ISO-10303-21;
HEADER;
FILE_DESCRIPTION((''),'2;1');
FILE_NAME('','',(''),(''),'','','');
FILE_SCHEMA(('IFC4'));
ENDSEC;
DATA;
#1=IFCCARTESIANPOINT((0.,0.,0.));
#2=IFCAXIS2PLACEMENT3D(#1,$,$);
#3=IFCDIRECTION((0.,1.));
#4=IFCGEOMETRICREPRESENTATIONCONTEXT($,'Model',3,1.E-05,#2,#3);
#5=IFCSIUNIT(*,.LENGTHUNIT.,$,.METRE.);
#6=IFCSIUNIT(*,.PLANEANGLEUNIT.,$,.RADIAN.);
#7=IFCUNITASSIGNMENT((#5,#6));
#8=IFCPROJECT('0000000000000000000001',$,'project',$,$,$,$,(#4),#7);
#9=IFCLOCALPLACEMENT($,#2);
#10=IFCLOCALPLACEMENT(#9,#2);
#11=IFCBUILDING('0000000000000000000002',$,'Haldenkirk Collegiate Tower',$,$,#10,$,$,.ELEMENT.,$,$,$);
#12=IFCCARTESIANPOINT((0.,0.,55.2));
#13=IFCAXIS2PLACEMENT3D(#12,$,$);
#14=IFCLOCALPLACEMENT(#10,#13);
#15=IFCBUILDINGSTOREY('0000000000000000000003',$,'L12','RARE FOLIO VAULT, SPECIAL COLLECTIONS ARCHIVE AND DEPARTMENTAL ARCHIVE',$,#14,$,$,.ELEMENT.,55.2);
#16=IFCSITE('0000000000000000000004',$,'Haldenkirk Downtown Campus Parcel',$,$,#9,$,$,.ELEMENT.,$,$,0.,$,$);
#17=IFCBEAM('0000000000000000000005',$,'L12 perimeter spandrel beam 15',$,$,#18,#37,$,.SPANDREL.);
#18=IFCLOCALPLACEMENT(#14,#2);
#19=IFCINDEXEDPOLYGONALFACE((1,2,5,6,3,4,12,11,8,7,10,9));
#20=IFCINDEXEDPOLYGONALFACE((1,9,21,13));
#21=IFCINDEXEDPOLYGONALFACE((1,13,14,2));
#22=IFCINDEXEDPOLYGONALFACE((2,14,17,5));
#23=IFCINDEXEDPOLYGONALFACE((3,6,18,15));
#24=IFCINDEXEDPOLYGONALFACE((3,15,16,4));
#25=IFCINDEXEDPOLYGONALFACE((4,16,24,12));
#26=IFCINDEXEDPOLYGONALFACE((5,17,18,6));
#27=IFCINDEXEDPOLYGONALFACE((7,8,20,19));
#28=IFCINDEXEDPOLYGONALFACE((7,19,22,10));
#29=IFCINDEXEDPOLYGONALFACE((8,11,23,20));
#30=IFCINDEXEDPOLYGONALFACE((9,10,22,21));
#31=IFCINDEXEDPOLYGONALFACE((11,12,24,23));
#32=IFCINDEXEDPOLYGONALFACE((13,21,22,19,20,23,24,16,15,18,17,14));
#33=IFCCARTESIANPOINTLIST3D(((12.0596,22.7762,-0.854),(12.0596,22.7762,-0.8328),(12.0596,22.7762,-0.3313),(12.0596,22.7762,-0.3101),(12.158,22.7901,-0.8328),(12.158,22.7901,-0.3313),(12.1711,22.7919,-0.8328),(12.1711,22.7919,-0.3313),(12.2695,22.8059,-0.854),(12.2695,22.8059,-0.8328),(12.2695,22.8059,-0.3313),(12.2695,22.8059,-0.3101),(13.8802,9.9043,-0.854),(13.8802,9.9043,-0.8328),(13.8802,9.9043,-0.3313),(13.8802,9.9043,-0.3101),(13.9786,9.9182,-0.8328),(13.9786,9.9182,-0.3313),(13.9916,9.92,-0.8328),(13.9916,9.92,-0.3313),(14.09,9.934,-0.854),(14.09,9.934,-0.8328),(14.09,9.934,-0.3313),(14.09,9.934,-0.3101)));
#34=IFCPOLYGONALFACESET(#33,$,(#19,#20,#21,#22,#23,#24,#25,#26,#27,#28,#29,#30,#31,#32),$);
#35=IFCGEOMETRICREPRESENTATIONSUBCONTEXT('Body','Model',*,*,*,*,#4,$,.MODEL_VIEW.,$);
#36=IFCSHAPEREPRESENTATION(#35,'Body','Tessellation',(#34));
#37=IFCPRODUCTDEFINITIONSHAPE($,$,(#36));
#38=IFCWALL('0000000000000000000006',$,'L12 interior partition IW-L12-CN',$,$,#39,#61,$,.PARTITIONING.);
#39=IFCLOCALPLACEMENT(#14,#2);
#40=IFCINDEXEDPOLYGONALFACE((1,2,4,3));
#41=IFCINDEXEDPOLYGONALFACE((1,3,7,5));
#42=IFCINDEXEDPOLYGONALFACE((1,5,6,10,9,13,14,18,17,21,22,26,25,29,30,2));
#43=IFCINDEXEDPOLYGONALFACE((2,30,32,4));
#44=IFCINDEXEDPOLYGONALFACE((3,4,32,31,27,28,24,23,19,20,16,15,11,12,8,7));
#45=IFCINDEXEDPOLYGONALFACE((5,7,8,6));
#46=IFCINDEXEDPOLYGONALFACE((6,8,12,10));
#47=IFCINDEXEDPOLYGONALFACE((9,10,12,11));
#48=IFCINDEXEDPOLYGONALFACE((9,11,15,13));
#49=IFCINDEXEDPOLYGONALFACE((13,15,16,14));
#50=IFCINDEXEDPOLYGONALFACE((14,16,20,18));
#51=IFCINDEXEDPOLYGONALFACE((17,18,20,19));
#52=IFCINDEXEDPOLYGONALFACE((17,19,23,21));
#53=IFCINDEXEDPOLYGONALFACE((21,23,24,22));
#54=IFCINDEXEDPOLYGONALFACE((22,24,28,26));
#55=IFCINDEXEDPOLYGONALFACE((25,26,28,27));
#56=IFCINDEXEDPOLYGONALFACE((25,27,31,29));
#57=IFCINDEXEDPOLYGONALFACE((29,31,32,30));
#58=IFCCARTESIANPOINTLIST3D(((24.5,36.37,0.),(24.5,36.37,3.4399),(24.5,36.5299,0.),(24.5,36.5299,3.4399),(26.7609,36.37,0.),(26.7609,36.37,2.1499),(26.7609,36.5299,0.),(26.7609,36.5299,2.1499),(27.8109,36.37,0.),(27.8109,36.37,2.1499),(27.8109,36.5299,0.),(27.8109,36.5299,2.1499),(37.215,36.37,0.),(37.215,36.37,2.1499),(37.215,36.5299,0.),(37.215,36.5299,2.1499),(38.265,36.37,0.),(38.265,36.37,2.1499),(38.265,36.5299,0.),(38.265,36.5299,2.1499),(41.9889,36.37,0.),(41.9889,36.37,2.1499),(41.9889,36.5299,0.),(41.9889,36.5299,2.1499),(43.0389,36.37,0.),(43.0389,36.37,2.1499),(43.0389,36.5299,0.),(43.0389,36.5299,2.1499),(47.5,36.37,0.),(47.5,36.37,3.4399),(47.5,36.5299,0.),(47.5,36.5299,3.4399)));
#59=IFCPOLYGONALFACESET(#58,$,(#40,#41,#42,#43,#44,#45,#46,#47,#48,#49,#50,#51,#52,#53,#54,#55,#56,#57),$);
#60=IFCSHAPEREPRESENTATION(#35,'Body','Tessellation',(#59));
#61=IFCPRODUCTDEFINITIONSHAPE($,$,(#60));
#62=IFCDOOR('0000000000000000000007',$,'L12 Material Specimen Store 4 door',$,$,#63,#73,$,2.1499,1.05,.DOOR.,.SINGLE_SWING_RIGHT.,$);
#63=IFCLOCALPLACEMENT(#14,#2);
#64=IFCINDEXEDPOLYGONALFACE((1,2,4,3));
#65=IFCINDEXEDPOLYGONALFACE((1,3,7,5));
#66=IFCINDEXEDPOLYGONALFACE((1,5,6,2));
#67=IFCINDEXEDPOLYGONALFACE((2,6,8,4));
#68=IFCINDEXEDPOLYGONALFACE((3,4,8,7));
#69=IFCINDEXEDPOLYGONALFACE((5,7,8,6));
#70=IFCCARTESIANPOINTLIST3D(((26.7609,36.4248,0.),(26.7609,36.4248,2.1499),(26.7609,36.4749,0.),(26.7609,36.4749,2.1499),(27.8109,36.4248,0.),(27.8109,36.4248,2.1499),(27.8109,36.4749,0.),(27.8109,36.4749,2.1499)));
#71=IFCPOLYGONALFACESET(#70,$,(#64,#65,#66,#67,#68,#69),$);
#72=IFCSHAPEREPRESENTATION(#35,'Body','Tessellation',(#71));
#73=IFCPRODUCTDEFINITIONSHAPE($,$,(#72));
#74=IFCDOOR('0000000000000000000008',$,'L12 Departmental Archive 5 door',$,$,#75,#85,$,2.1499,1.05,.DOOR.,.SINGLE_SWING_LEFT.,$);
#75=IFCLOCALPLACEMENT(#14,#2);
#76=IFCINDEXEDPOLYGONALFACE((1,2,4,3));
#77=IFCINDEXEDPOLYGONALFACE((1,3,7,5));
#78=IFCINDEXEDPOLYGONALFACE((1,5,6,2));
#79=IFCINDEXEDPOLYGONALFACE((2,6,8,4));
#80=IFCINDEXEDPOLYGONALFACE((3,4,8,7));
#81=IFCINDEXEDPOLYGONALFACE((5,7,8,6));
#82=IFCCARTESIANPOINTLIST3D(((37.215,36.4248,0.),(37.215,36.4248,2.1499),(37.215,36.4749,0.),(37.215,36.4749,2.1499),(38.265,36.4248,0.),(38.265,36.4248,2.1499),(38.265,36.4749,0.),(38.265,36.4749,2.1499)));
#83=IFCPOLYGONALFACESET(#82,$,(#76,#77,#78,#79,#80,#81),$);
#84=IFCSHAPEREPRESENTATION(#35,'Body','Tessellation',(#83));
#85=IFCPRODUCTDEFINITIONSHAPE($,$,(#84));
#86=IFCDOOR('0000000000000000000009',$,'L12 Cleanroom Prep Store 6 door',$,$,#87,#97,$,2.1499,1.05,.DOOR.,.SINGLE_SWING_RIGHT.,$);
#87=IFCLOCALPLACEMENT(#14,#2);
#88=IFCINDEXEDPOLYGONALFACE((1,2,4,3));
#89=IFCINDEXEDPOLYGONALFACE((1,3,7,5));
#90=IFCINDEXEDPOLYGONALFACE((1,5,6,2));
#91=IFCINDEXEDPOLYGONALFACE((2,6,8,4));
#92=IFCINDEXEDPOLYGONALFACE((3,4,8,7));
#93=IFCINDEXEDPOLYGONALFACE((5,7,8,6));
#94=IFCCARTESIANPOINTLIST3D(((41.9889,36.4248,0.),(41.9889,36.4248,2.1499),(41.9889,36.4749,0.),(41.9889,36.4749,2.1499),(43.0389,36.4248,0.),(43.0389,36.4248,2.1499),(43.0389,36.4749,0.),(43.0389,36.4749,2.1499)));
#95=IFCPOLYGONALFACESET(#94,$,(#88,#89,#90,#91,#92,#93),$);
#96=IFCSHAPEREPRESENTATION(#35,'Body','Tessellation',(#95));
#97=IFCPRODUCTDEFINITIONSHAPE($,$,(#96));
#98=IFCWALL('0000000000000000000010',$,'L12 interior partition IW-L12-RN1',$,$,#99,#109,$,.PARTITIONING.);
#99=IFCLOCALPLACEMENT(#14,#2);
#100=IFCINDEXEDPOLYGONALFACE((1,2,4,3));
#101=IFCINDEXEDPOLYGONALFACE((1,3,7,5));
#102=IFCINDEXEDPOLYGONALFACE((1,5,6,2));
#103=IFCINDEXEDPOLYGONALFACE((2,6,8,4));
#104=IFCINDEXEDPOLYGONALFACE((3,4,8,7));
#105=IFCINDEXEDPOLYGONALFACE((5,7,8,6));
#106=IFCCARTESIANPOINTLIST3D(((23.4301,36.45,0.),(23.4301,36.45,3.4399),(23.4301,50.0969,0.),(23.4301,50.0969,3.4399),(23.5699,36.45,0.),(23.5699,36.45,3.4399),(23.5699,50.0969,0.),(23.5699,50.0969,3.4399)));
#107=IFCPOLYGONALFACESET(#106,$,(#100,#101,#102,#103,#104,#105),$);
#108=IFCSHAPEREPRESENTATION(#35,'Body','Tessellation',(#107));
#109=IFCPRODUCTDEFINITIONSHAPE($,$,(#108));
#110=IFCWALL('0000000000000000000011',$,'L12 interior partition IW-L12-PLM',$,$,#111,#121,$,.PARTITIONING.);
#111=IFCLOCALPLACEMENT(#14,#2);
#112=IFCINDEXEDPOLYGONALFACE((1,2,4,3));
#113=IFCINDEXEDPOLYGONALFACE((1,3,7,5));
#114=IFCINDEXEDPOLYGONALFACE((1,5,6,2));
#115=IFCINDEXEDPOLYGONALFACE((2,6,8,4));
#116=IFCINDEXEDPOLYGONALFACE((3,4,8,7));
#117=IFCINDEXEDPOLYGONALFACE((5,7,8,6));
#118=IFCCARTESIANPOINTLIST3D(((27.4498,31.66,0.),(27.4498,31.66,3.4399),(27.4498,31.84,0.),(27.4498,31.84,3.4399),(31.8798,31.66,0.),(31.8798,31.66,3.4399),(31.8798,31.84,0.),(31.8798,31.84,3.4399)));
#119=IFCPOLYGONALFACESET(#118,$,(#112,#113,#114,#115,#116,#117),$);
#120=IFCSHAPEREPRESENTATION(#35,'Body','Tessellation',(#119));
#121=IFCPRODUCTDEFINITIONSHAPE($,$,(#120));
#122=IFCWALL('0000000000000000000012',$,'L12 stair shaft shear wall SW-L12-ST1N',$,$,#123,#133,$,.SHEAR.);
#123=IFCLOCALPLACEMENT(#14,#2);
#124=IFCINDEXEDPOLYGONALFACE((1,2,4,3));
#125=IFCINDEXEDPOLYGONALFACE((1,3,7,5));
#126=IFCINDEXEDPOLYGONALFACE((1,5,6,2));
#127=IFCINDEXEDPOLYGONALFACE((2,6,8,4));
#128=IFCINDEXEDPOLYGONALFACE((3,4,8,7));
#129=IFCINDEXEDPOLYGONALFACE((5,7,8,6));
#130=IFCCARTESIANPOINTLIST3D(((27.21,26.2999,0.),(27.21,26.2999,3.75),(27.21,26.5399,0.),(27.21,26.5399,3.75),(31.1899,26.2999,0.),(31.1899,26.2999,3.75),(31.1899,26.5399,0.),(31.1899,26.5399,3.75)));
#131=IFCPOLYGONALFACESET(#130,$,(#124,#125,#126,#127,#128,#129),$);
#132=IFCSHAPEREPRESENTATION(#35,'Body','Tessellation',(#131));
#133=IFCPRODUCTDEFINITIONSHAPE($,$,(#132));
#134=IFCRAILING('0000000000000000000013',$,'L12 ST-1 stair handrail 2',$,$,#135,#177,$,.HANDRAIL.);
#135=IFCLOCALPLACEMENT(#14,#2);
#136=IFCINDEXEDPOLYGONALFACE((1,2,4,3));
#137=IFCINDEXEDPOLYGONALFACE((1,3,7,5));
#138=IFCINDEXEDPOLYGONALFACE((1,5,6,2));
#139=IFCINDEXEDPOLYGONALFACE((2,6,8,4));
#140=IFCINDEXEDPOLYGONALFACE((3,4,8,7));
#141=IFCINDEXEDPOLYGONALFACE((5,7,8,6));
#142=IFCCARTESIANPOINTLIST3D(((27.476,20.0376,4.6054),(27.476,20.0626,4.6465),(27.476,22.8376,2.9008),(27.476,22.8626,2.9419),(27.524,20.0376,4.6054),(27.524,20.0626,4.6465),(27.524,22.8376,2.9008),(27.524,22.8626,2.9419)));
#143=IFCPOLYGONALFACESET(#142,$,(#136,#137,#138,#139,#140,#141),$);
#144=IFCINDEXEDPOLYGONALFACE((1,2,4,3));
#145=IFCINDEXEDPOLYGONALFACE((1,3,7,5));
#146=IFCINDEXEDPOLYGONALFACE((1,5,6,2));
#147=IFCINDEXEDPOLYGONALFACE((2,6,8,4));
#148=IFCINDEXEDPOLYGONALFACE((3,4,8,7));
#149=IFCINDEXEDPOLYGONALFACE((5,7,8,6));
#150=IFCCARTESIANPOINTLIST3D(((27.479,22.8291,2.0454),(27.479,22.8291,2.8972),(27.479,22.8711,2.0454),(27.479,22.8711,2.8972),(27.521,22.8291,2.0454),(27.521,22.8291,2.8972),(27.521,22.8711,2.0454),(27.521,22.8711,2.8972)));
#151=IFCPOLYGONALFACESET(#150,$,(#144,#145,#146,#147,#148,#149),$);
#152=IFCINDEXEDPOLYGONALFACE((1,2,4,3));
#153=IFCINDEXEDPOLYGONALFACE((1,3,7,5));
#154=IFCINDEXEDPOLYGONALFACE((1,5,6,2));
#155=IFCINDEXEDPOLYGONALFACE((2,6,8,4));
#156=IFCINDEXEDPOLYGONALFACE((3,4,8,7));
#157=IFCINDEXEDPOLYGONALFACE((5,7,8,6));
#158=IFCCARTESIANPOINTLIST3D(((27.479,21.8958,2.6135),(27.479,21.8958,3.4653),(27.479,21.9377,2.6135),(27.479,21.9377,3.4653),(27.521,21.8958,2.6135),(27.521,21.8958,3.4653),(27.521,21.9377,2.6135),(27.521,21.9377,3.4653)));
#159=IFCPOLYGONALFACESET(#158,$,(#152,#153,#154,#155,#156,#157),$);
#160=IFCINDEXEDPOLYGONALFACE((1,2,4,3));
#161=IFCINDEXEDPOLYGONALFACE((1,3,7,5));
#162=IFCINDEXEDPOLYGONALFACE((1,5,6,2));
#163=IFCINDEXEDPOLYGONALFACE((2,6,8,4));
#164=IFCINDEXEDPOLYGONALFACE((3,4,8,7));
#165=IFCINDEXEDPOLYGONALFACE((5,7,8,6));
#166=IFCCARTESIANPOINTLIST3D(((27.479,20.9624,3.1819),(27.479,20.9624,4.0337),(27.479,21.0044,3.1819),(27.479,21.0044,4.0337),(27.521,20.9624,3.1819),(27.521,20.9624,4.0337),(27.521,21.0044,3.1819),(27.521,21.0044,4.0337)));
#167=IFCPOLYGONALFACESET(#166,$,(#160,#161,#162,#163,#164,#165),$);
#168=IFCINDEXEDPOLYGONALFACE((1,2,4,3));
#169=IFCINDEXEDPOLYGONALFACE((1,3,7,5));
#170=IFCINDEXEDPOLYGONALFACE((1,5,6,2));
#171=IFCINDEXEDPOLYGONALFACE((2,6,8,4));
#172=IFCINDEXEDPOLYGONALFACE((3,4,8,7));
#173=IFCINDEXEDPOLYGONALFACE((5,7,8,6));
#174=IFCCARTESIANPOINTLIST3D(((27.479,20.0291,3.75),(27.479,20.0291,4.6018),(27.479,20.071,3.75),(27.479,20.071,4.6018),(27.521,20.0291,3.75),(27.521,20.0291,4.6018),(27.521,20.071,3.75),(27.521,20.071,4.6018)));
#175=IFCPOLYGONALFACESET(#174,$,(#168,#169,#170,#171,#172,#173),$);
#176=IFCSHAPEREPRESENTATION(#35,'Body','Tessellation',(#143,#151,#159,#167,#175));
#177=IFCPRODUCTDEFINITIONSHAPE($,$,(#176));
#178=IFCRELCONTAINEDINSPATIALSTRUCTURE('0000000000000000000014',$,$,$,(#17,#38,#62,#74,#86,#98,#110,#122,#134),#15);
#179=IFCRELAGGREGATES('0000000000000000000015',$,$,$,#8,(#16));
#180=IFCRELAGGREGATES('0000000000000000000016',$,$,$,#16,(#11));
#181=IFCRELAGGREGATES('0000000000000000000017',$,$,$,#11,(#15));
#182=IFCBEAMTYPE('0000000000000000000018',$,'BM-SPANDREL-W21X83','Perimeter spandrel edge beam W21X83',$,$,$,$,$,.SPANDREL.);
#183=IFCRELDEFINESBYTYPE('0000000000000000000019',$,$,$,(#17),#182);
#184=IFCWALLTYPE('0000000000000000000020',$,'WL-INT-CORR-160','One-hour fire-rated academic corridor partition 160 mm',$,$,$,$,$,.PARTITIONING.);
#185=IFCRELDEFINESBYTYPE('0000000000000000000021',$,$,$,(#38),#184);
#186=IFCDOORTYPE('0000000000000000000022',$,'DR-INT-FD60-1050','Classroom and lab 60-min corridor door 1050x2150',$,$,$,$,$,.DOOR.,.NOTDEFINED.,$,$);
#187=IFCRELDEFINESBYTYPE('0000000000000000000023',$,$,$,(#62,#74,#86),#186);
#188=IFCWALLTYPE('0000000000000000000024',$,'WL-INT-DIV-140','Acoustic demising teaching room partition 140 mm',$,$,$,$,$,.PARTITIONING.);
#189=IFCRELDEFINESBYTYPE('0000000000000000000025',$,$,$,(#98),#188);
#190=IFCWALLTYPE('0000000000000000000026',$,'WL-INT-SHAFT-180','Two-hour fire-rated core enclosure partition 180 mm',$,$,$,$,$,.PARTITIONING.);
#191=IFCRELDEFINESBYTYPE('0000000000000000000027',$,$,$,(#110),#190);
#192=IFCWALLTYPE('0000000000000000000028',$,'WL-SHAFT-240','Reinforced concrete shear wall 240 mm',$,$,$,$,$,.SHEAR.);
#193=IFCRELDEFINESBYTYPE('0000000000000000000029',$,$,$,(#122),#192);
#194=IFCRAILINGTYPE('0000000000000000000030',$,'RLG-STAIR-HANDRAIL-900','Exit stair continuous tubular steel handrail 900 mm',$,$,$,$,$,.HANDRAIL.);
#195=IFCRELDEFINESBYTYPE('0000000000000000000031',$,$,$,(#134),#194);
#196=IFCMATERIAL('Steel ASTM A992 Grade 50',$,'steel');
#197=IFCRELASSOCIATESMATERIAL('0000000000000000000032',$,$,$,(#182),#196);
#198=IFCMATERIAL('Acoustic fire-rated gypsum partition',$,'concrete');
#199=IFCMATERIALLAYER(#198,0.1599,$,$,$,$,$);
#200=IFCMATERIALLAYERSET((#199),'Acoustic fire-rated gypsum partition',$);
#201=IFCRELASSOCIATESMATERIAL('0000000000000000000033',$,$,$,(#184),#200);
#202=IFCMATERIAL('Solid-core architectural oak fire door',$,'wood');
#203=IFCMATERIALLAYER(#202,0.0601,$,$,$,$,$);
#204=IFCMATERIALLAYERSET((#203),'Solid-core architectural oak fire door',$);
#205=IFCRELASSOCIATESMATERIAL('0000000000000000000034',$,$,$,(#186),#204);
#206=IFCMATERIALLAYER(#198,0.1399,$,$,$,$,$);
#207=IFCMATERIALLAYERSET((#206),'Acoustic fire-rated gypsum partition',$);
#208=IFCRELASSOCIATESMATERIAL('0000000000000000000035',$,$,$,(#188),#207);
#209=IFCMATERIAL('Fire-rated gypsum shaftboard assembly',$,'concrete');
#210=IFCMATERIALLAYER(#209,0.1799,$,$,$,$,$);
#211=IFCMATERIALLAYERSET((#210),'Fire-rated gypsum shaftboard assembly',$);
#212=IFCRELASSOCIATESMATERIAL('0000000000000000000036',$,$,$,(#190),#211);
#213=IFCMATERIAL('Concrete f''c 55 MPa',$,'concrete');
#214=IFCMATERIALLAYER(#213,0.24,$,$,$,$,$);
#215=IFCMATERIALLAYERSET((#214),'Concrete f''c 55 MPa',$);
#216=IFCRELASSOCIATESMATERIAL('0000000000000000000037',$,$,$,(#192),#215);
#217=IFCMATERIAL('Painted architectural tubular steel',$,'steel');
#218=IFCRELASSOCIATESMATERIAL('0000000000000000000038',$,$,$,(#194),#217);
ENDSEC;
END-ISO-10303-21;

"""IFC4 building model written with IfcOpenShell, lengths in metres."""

from ifc_helpers import new_model, si_unit, direction, frame, frame_2d, origin, origin_2d, place, context, subcontext, project, spatial, rectangle, i_section, extrude, material, layer, layer_set, material_profile, profile_set, type_object, element, fill, save


model = new_model("IFC4")

# Units and contexts
model_context = context("Model", 3, precision=1e-05, world=origin(), true_north=direction((0.0, 1.0)))
body_context = subcontext(model_context, "Body", "Model", "MODEL_VIEW")
ifc_project = project(units=[si_unit("LENGTHUNIT", "METRE"), si_unit("PLANEANGLEUNIT", "RADIAN")], contexts=[model_context])

# Site, building, storey
site_placement = place(None, origin())
site = spatial("IfcSite", under=ifc_project, at=site_placement, Name="Haldenkirk Downtown Campus Parcel", CompositionType="ELEMENT", RefElevation=0.0)
building_placement = place(site_placement, origin())
building = spatial("IfcBuilding", under=site, at=building_placement, Name="Haldenkirk Collegiate Tower", CompositionType="ELEMENT")
storey_placement = place(building_placement, frame((0.0, 0.0, 55.2)))
storey = spatial("IfcBuildingStorey", under=building, at=storey_placement, Name="L12", Description="RARE FOLIO VAULT, SPECIAL COLLECTIONS ARCHIVE AND DEPARTMENTAL ARCHIVE", CompositionType="ELEMENT", Elevation=55.2)

# Beam
ifc_material_1 = material(Name="Steel ASTM A992 Grade 50", Category="steel")
ifc_material_profile = material_profile(ifc_material_1, i_section(OverallWidth=0.2119, OverallDepth=0.5439, WebThickness=0.0132, FlangeThickness=0.0212, at=origin_2d()), Name="W21X83")
ifc_profile_set = profile_set([ifc_material_profile], Name="Steel ASTM A992 Grade 50")
beam_type = type_object("IfcBeamType", Name="BM-SPANDREL-W21X83", Description="Perimeter spandrel edge beam W21X83", PredefinedType="SPANDREL", material=ifc_profile_set)
beam_placement = place(storey_placement, frame((12.1646, 22.791, -0.582), z_axis=(0.140044, -0.990145, 0.0), x_axis=(0.990145, 0.140044, 0.0)))
element("IfcBeam", 1, at=beam_placement, inside=storey, type_object=beam_type, Name="L12 perimeter spandrel beam 15", PredefinedType="SPANDREL", context=body_context, shape_type="SweptSolid", body=[
    extrude(i_section(OverallWidth=0.2119, OverallDepth=0.5439, WebThickness=0.0132, FlangeThickness=0.0212, at=origin_2d()), origin(), (0.0, 0.0, 1.0), 13.0),
])

# Shared definitions
ifc_material_2 = material(Name="Acoustic fire-rated gypsum partition", Category="concrete")
ifc_layer_1 = layer(ifc_material_2, 0.1599)
ifc_layer_set_1 = layer_set([ifc_layer_1], Name="Acoustic fire-rated gypsum partition")
wall_type_1 = type_object("IfcWallType", Name="WL-INT-CORR-160", Description="One-hour fire-rated academic corridor partition 160 mm", PredefinedType="PARTITIONING", material=ifc_layer_set_1)
ifc_material_3 = material(Name="Solid-core architectural oak fire door", Category="wood")

# Wall, openings, doors
wall_1_placement = place(storey_placement, frame((24.5, 36.45, 0.0), z_axis=(0.0, 0.0, 1.0), x_axis=(1.0, 0.0, 0.0)))
wall_1 = element("IfcWall", 2, at=wall_1_placement, inside=storey, type_object=wall_type_1, Name="L12 interior partition IW-L12-CN", PredefinedType="PARTITIONING", context=body_context, shape_type="SweptSolid", body=[
    extrude(rectangle(XDim=23.0, YDim=0.1599, at=frame_2d((11.5, 0.0))), origin(), (0.0, 0.0, 1.0), 3.4399),
])
opening_1_placement = place(wall_1_placement, frame((2.261, 0.0, 0.0)))
opening_1 = element("IfcOpeningElement", 3, at=opening_1_placement, cuts=wall_1, PredefinedType="OPENING", context=body_context, shape_type="SweptSolid", body=[
    extrude(rectangle(XDim=1.05, YDim=2.1499, at=frame_2d((0.5249, 1.075))), frame((0.0, 0.0898, 0.0), z_axis=(0.0, -1.0, 0.0), x_axis=(1.0, 0.0, 0.0)), (0.0, 0.0, 1.0), 0.1799),
])
opening_2_placement = place(wall_1_placement, frame((12.7151, 0.0, 0.0)))
opening_2 = element("IfcOpeningElement", 4, at=opening_2_placement, cuts=wall_1, PredefinedType="OPENING", context=body_context, shape_type="SweptSolid", body=[
    extrude(rectangle(XDim=1.05, YDim=2.1499, at=frame_2d((0.5249, 1.075))), frame((0.0, 0.0898, 0.0), z_axis=(0.0, -1.0, 0.0), x_axis=(1.0, 0.0, 0.0)), (0.0, 0.0, 1.0), 0.1799),
])
opening_3_placement = place(wall_1_placement, frame((17.489, 0.0, 0.0)))
opening_3 = element("IfcOpeningElement", 5, at=opening_3_placement, cuts=wall_1, PredefinedType="OPENING", context=body_context, shape_type="SweptSolid", body=[
    extrude(rectangle(XDim=1.05, YDim=2.1499, at=frame_2d((0.5249, 1.075))), frame((0.0, 0.0898, 0.0), z_axis=(0.0, -1.0, 0.0), x_axis=(1.0, 0.0, 0.0)), (0.0, 0.0, 1.0), 0.1799),
])
ifc_layer_2 = layer(ifc_material_3, 0.0601)
ifc_layer_set_2 = layer_set([ifc_layer_2], Name="Solid-core architectural oak fire door")
door_type_1 = type_object("IfcDoorType", Name="DR-INT-FD60-1050", Description="Classroom and lab 60-min corridor door 1050x2150", OperationType="NOTDEFINED", PredefinedType="DOOR", material=ifc_layer_set_2)
door_1_placement = place(opening_1_placement, origin())
door_1 = element("IfcDoor", 6, at=door_1_placement, inside=storey, type_object=door_type_1, Name="L12 Material Specimen Store 4 door", OperationType="SINGLE_SWING_RIGHT", OverallHeight=2.1499, OverallWidth=1.05, PredefinedType="DOOR", context=body_context, shape_type="SweptSolid", body=[
    extrude(rectangle(XDim=1.05, YDim=2.1499, at=frame_2d((0.5249, 1.075))), frame((0.0, 0.0249, 0.0), z_axis=(0.0, -1.0, 0.0), x_axis=(1.0, 0.0, 0.0)), (0.0, 0.0, 1.0), 0.05),
])
fill(opening_1, door_1)
door_2_placement = place(opening_2_placement, origin())
door_2 = element("IfcDoor", 7, at=door_2_placement, inside=storey, type_object=door_type_1, Name="L12 Departmental Archive 5 door", OperationType="SINGLE_SWING_LEFT", OverallHeight=2.1499, OverallWidth=1.05, PredefinedType="DOOR", context=body_context, shape_type="SweptSolid", body=[
    extrude(rectangle(XDim=1.05, YDim=2.1499, at=frame_2d((0.5249, 1.075))), frame((0.0, 0.0249, 0.0), z_axis=(0.0, -1.0, 0.0), x_axis=(1.0, 0.0, 0.0)), (0.0, 0.0, 1.0), 0.05),
])
fill(opening_2, door_2)
door_3_placement = place(opening_3_placement, origin())
door_3 = element("IfcDoor", 8, at=door_3_placement, inside=storey, type_object=door_type_1, Name="L12 Cleanroom Prep Store 6 door", OperationType="SINGLE_SWING_RIGHT", OverallHeight=2.1499, OverallWidth=1.05, PredefinedType="DOOR", context=body_context, shape_type="SweptSolid", body=[
    extrude(rectangle(XDim=1.05, YDim=2.1499, at=frame_2d((0.5249, 1.075))), frame((0.0, 0.0249, 0.0), z_axis=(0.0, -1.0, 0.0), x_axis=(1.0, 0.0, 0.0)), (0.0, 0.0, 1.0), 0.05),
])
fill(opening_3, door_3)

# Wall
ifc_layer_3 = layer(ifc_material_2, 0.1399)
ifc_layer_set_3 = layer_set([ifc_layer_3], Name="Acoustic fire-rated gypsum partition")
wall_type_2 = type_object("IfcWallType", Name="WL-INT-DIV-140", Description="Acoustic demising teaching room partition 140 mm", PredefinedType="PARTITIONING", material=ifc_layer_set_3)
wall_2_placement = place(storey_placement, frame((23.5, 36.45, 0.0), z_axis=(0.0, 0.0, 1.0), x_axis=(0.0, 1.0, 0.0)))
element("IfcWall", 9, at=wall_2_placement, inside=storey, type_object=wall_type_2, Name="L12 interior partition IW-L12-RN1", PredefinedType="PARTITIONING", context=body_context, shape_type="SweptSolid", body=[
    extrude(rectangle(XDim=13.647, YDim=0.1399, at=frame_2d((6.8235, 0.0))), origin(), (0.0, 0.0, 1.0), 3.4399),
])

# Shared definitions
ifc_material_4 = material(Name="Fire-rated gypsum shaftboard assembly", Category="concrete")
ifc_layer_4 = layer(ifc_material_4, 0.1799)
ifc_layer_set_4 = layer_set([ifc_layer_4], Name="Fire-rated gypsum shaftboard assembly")
wall_type_3 = type_object("IfcWallType", Name="WL-INT-SHAFT-180", Description="Two-hour fire-rated core enclosure partition 180 mm", PredefinedType="PARTITIONING", material=ifc_layer_set_4)

# Walls
wall_3_placement = place(storey_placement, frame((27.45, 31.75, 0.0), z_axis=(0.0, 0.0, 1.0), x_axis=(1.0, 0.0, 0.0)))
element("IfcWall", 10, at=wall_3_placement, inside=storey, type_object=wall_type_3, Name="L12 interior partition IW-L12-PLM", PredefinedType="PARTITIONING", context=body_context, shape_type="SweptSolid", body=[
    extrude(rectangle(XDim=4.4299, YDim=0.1799, at=frame_2d((2.2148, 0.0))), origin(), (0.0, 0.0, 1.0), 3.4399),
])
ifc_material_5 = material(Name="Concrete f'c 55 MPa", Category="concrete")
ifc_layer_5 = layer(ifc_material_5, 0.24)
ifc_layer_set_5 = layer_set([ifc_layer_5], Name="Concrete f'c 55 MPa")
wall_type_4 = type_object("IfcWallType", Name="WL-SHAFT-240", Description="Reinforced concrete shear wall 240 mm", PredefinedType="SHEAR", material=ifc_layer_set_5)
wall_4_placement = place(storey_placement, frame((27.21, 26.4199, 0.0), z_axis=(0.0, 0.0, 1.0), x_axis=(1.0, 0.0, 0.0)))
element("IfcWall", 11, at=wall_4_placement, inside=storey, type_object=wall_type_4, Name="L12 stair shaft shear wall SW-L12-ST1N", PredefinedType="SHEAR", context=body_context, shape_type="SweptSolid", body=[
    extrude(rectangle(XDim=3.98, YDim=0.24, at=frame_2d((1.99, 0.0))), origin(), (0.0, 0.0, 1.0), 3.75),
])

# Railing
ifc_material_6 = material(Name="Painted architectural tubular steel", Category="steel")
railing_type = type_object("IfcRailingType", Name="RLG-STAIR-HANDRAIL-900", Description="Exit stair continuous tubular steel handrail 900 mm", PredefinedType="HANDRAIL", material=ifc_material_6)
railing_placement = place(storey_placement, frame((27.5, 22.8501, 2.0454)))
element("IfcRailing", 12, at=railing_placement, inside=storey, type_object=railing_type, Name="L12 ST-1 stair handrail 2", PredefinedType="HANDRAIL", context=body_context, shape_type="SweptSolid", body=[
    extrude(rectangle(XDim=0.0481, YDim=0.0481, at=origin_2d()), frame((0.0, 0.0, 0.876), z_axis=(0.0, -0.85417, 0.519994), x_axis=(1.0, 0.0, 0.0)), (0.0, 0.0, 1.0), 3.2781),
    extrude(rectangle(XDim=0.042, YDim=0.042, at=origin_2d()), origin(), (0.0, 0.0, 1.0), 0.8518),
    extrude(rectangle(XDim=0.042, YDim=0.042, at=origin_2d()), frame((0.0, -0.9333, 0.5681)), (0.0, 0.0, 1.0), 0.8518),
    extrude(rectangle(XDim=0.042, YDim=0.042, at=origin_2d()), frame((0.0, -1.8667, 1.1365)), (0.0, 0.0, 1.0), 0.8518),
    extrude(rectangle(XDim=0.042, YDim=0.042, at=origin_2d()), frame((0.0, -2.8, 1.7046)), (0.0, 0.0, 1.0), 0.8518),
])

save(model, "model.ifc")
